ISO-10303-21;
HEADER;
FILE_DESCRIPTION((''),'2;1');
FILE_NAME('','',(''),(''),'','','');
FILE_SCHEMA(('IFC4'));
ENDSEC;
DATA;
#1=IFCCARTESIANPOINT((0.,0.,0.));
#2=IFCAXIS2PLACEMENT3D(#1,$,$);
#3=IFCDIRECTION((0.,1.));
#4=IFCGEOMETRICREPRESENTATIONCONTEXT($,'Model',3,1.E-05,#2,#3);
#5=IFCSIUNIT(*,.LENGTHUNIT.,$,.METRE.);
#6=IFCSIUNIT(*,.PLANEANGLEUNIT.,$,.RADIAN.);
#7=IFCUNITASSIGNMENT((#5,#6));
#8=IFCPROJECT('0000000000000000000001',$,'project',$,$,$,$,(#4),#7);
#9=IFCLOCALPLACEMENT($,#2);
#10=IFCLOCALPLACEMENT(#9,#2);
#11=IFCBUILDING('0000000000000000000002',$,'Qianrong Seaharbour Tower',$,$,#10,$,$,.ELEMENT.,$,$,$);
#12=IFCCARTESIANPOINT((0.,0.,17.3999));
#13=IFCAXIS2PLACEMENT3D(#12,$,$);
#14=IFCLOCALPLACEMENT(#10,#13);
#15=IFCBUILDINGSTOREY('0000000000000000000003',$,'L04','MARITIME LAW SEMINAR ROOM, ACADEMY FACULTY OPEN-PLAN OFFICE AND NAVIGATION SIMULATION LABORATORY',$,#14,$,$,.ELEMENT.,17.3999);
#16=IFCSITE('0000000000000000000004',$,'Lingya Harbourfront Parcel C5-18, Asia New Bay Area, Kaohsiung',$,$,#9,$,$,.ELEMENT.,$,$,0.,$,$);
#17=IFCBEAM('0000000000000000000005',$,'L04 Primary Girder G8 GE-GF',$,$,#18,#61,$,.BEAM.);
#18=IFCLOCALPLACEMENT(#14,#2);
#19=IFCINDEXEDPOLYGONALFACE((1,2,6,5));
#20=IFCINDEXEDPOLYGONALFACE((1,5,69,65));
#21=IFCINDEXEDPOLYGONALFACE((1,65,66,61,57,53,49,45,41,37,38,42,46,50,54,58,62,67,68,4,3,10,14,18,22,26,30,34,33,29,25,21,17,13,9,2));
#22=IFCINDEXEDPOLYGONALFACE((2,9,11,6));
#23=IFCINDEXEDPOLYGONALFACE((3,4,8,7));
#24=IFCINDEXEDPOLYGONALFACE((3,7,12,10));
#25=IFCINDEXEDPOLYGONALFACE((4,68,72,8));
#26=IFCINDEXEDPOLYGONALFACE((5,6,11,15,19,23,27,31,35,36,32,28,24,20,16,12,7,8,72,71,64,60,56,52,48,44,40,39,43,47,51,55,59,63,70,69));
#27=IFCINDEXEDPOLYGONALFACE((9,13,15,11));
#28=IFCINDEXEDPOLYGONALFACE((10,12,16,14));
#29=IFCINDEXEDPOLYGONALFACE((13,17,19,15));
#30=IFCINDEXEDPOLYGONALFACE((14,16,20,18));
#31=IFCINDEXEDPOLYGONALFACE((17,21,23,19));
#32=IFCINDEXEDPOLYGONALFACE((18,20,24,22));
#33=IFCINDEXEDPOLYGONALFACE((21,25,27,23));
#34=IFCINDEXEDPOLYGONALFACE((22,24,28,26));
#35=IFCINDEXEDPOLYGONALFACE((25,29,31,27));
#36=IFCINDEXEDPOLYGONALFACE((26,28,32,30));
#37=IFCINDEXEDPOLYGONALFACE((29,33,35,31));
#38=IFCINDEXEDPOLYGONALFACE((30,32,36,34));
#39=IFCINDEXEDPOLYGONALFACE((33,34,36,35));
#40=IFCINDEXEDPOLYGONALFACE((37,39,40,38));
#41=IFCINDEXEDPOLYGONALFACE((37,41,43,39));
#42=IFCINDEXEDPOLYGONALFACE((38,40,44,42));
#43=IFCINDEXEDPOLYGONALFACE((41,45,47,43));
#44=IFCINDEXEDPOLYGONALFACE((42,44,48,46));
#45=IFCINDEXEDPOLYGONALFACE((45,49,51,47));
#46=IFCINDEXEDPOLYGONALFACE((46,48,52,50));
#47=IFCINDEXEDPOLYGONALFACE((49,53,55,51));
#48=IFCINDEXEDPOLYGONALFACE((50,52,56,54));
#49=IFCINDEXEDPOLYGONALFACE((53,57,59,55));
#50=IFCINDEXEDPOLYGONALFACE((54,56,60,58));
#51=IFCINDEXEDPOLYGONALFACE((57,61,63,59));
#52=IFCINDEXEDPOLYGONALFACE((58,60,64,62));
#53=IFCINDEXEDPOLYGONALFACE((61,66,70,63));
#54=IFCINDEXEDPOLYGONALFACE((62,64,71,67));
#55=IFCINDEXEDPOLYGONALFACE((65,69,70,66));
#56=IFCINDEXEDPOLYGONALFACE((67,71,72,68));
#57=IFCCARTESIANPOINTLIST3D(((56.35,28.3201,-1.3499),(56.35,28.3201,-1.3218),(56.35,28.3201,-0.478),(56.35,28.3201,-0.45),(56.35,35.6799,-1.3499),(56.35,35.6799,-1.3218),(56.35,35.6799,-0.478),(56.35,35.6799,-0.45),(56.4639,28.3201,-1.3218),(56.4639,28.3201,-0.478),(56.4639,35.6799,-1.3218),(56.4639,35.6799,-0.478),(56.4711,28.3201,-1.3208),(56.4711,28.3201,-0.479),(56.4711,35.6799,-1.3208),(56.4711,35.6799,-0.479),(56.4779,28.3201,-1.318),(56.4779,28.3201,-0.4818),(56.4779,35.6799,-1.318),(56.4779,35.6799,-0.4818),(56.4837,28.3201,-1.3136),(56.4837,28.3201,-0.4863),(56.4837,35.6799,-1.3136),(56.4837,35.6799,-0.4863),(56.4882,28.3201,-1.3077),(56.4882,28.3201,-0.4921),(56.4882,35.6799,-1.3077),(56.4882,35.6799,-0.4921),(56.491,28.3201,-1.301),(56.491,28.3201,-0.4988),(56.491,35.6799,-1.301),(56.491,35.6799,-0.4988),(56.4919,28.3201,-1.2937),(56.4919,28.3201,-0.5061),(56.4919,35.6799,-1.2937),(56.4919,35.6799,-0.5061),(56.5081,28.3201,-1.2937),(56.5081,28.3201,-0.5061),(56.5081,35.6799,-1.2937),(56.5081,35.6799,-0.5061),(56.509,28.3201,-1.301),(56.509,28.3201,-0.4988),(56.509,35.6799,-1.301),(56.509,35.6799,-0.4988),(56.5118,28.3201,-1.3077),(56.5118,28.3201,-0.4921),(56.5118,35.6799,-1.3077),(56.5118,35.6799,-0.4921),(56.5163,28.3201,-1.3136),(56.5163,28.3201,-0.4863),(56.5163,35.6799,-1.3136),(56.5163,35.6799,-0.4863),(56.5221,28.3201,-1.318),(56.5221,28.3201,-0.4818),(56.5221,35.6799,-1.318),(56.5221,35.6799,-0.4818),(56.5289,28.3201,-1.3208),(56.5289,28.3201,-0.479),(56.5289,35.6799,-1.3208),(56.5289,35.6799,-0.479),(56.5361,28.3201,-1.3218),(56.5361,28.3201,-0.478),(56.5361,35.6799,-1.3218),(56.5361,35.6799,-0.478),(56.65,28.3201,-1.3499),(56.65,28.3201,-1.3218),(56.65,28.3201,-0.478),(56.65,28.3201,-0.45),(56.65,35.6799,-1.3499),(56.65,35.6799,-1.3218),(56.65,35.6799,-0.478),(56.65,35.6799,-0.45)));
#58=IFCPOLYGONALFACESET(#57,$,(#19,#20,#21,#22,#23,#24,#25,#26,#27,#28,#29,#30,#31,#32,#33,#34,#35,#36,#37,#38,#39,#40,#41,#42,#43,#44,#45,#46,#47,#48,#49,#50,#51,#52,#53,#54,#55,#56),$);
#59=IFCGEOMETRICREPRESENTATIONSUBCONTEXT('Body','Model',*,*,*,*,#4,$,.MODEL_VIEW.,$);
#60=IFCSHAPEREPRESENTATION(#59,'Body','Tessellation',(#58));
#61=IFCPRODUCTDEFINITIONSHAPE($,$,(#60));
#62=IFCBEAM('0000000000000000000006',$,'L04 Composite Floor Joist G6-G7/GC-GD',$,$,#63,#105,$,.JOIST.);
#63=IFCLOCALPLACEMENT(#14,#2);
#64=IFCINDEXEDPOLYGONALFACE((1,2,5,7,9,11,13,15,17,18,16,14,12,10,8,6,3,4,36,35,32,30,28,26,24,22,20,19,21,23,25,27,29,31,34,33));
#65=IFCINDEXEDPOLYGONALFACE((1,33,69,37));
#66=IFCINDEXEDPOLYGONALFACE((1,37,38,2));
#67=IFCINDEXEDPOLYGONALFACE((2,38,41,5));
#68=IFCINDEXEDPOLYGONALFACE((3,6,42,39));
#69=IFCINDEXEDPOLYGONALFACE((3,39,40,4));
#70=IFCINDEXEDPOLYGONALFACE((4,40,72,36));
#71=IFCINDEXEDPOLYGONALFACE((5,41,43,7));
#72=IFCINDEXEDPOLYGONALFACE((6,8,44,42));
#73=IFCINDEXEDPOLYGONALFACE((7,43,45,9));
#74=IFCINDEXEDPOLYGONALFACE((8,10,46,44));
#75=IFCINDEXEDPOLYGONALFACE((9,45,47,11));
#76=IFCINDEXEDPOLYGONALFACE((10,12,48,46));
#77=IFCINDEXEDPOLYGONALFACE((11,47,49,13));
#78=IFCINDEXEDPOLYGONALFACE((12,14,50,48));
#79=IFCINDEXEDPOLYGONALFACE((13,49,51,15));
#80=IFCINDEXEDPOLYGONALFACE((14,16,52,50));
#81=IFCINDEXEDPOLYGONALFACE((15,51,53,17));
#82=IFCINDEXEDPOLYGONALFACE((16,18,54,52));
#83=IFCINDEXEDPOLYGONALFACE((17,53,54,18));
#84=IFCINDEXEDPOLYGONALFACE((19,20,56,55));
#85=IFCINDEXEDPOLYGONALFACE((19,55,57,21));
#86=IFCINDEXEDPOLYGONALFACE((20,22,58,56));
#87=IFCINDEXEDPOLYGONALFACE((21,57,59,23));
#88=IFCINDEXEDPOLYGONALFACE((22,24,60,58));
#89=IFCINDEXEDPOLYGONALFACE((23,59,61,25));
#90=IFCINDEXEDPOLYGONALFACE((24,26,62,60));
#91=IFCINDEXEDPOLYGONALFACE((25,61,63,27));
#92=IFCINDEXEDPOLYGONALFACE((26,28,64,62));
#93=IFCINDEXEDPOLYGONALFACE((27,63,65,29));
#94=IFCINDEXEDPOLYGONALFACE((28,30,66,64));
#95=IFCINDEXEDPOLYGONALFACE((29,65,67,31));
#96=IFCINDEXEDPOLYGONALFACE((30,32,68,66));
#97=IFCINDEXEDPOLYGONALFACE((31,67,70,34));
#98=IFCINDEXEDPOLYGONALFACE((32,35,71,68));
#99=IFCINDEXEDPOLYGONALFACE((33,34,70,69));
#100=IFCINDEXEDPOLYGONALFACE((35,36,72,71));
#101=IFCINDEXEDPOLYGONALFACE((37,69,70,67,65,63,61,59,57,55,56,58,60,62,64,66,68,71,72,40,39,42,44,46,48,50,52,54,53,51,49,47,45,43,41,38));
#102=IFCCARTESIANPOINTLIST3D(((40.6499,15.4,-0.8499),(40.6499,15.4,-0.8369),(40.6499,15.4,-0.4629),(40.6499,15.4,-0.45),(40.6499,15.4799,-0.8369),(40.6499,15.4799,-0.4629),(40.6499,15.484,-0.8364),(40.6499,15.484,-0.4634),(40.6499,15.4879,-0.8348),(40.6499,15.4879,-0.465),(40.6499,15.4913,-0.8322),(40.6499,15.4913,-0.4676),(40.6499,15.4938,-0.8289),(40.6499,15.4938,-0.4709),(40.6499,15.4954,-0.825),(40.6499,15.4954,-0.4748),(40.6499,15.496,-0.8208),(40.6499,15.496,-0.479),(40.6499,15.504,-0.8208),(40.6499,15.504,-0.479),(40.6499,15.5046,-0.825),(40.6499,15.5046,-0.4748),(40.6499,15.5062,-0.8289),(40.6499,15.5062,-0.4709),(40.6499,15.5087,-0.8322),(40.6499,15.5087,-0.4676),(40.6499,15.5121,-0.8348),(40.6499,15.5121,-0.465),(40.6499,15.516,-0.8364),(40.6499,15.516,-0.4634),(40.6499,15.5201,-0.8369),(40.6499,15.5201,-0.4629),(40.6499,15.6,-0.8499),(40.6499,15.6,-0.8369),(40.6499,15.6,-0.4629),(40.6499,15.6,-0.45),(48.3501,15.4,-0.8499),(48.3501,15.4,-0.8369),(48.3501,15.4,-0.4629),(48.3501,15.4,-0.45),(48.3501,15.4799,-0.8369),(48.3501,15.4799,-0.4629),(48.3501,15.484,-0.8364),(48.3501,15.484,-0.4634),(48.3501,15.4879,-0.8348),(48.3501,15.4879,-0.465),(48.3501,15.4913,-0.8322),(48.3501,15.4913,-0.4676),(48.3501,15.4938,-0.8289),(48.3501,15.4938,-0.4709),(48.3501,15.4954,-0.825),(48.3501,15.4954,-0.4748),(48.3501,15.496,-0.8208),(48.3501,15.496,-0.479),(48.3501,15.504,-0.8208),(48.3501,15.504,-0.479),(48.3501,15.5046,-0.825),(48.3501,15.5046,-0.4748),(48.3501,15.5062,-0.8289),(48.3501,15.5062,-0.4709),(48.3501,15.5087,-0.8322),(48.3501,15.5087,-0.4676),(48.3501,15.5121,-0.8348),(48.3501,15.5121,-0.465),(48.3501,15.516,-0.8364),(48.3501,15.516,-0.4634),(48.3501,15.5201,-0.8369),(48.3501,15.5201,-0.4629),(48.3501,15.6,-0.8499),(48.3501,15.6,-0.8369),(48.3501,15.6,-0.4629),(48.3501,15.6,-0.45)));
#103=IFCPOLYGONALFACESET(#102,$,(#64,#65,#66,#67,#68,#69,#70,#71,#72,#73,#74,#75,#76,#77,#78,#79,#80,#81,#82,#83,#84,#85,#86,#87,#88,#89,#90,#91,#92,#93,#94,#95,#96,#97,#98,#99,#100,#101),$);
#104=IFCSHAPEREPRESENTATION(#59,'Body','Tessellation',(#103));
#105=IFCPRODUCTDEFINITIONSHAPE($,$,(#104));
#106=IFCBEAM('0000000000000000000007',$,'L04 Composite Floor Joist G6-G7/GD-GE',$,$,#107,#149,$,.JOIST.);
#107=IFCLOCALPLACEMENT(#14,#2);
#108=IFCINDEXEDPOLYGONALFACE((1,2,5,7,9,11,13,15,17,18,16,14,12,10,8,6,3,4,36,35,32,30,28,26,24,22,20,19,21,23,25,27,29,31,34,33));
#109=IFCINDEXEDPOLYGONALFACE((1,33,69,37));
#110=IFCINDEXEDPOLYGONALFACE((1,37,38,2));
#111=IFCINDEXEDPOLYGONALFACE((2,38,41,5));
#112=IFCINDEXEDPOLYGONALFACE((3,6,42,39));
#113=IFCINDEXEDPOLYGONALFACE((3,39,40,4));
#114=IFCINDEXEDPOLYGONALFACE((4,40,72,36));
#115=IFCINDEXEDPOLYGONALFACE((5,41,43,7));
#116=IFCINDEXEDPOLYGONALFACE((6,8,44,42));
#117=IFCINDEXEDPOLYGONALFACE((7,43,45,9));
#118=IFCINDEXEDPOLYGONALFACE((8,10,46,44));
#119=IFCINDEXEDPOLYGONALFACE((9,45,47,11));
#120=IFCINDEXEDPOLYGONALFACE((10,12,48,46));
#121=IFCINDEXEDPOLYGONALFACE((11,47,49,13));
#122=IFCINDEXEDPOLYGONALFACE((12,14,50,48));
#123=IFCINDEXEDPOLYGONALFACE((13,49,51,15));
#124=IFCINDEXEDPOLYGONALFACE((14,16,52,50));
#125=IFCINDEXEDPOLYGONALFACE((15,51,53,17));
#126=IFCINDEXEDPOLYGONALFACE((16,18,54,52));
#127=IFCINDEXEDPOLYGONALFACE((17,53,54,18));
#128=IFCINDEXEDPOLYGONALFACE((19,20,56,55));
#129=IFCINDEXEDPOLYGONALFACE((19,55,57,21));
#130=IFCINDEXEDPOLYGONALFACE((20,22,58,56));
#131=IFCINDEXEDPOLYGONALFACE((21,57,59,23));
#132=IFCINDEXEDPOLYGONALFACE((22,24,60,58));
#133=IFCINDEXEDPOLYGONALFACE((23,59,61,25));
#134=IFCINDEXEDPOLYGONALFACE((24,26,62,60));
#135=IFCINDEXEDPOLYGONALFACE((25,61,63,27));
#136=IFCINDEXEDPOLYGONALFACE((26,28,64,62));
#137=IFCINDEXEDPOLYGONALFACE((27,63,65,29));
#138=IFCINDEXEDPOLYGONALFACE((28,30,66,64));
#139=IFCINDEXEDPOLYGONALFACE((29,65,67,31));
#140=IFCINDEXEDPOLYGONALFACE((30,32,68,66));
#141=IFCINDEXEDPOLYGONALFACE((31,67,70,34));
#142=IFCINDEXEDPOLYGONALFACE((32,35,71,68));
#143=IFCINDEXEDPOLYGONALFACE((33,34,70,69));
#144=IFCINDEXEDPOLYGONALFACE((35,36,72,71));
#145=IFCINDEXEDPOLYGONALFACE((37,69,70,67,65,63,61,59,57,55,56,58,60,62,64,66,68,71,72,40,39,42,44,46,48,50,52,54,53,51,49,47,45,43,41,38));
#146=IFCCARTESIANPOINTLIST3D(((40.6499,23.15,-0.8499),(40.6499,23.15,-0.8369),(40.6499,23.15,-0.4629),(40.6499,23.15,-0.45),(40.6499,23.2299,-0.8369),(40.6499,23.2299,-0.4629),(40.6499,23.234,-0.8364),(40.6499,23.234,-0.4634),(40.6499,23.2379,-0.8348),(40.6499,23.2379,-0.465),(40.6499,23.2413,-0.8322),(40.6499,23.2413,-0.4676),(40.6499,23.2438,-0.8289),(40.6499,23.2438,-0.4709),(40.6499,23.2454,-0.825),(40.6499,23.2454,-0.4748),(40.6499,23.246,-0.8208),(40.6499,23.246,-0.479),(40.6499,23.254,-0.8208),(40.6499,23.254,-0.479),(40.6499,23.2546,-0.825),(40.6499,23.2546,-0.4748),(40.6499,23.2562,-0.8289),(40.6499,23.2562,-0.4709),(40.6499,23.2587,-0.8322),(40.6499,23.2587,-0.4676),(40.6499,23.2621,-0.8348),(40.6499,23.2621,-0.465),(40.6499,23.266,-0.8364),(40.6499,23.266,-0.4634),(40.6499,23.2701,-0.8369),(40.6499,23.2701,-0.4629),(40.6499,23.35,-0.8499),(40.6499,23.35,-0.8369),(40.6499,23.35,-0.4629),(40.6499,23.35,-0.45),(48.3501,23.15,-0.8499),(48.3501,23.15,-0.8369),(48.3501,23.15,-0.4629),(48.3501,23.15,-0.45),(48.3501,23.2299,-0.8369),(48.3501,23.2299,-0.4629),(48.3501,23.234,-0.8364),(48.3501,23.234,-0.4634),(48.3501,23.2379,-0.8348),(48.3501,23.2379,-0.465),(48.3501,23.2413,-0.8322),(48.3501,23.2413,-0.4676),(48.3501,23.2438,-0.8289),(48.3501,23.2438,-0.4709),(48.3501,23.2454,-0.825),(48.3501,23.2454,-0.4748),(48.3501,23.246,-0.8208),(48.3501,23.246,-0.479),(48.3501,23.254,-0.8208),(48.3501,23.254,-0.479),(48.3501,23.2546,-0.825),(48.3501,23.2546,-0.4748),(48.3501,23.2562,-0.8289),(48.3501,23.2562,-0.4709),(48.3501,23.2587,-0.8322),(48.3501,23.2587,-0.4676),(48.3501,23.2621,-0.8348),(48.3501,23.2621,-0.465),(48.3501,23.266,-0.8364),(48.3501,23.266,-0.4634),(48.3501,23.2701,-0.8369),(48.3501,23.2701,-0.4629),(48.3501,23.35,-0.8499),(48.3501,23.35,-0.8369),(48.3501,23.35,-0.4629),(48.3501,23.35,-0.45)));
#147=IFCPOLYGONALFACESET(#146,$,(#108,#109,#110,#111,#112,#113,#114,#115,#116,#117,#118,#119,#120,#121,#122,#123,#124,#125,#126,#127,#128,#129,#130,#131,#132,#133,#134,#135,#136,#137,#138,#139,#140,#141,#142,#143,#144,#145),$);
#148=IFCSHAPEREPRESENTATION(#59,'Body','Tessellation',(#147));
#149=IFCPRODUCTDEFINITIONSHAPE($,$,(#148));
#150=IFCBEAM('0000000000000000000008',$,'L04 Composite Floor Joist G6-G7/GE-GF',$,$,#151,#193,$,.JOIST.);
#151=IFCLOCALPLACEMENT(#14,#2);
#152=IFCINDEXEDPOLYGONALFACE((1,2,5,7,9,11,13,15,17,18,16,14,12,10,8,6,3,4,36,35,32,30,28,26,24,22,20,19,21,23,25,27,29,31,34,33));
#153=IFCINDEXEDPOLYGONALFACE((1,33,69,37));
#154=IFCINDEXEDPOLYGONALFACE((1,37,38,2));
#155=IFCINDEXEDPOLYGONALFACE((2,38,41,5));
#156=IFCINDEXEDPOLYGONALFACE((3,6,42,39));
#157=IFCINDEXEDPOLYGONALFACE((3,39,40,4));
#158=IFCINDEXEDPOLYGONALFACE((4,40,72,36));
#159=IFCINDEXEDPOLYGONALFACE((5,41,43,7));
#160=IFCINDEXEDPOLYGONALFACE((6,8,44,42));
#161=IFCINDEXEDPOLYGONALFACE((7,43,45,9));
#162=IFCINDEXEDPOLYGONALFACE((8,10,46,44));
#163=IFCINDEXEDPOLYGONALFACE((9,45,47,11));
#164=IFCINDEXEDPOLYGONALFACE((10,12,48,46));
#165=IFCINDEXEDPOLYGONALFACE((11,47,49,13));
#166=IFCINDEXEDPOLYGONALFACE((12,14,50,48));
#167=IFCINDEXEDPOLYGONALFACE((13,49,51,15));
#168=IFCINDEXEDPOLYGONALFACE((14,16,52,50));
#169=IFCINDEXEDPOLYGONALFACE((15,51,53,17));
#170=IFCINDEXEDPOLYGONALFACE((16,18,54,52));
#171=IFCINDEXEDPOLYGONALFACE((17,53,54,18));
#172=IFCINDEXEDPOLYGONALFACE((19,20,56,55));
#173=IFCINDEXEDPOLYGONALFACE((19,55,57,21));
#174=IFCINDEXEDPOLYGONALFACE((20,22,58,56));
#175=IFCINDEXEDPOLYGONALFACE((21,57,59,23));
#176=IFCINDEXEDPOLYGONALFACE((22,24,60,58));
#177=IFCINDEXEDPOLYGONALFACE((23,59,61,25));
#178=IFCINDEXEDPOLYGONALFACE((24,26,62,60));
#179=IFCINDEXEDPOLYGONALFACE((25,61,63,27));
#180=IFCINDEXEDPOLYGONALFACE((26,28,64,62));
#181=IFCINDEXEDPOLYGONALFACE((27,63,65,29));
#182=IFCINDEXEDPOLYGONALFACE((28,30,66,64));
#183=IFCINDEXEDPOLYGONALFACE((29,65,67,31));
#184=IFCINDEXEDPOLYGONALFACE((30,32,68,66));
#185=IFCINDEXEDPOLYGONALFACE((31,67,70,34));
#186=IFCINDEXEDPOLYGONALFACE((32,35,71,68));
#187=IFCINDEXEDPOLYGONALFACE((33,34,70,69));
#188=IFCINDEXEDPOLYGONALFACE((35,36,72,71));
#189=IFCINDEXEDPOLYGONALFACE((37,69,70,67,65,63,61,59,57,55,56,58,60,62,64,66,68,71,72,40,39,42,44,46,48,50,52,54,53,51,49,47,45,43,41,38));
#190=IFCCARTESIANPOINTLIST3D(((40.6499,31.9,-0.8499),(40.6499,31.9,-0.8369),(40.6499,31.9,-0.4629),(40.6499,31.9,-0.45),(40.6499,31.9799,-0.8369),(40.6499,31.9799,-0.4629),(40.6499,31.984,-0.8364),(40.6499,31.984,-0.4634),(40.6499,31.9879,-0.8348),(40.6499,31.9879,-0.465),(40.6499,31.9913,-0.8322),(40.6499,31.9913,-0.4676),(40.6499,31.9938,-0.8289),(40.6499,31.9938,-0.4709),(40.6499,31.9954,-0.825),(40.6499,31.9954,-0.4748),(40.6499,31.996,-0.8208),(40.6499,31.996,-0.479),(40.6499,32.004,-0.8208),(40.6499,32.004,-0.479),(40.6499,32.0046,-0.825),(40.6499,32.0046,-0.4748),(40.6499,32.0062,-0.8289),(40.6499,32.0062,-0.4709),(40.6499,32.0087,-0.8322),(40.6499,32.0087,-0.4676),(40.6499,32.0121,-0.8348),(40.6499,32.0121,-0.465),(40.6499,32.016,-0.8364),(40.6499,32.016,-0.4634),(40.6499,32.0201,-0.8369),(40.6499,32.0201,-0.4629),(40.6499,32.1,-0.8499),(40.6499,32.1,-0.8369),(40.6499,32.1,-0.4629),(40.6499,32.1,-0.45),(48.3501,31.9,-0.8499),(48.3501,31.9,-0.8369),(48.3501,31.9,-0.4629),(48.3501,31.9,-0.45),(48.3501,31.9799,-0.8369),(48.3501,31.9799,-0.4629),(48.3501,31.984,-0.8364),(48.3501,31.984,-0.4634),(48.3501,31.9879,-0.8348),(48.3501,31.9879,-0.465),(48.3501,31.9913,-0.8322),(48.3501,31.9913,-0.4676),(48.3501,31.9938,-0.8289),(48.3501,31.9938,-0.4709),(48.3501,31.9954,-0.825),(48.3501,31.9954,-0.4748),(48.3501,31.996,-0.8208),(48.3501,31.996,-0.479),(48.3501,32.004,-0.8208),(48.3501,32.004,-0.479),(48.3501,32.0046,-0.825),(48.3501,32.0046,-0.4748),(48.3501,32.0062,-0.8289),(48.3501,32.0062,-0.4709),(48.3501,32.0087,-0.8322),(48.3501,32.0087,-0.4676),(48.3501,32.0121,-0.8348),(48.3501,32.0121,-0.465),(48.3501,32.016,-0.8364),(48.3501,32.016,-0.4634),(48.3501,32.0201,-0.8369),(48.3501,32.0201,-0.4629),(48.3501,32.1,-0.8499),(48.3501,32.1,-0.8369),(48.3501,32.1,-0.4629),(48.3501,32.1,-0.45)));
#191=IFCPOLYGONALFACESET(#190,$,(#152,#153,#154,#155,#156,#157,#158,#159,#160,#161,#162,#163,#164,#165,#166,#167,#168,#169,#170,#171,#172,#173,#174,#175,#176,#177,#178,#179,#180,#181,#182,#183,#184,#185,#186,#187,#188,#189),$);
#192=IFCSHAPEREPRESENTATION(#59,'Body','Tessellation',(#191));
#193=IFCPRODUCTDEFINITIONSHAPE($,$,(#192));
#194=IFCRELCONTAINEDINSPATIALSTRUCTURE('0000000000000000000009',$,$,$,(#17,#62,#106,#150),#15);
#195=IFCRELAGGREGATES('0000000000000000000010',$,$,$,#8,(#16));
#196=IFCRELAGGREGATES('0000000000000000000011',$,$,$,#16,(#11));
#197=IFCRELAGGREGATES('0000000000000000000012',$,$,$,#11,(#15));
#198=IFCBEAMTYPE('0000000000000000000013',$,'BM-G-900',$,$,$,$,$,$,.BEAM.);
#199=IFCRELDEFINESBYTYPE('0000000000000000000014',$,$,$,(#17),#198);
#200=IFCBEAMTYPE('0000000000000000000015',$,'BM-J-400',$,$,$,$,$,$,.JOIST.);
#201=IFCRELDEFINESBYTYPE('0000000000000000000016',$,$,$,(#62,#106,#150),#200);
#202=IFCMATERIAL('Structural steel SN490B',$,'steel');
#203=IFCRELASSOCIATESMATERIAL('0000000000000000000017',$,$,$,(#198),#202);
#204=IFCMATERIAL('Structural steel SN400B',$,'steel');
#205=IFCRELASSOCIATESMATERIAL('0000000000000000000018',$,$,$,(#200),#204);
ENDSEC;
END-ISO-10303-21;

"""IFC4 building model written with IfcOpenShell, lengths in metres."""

from ifc_helpers import new_model, si_unit, direction, frame, origin, origin_2d, place, context, subcontext, project, spatial, i_section, extrude, material, material_profile, profile_set, type_object, element, save


model = new_model("IFC4")

# Units and contexts
model_context = context("Model", 3, precision=1e-05, world=origin(), true_north=direction((0.0, 1.0)))
body_context = subcontext(model_context, "Body", "Model", "MODEL_VIEW")
ifc_project = project(units=[si_unit("LENGTHUNIT", "METRE"), si_unit("PLANEANGLEUNIT", "RADIAN")], contexts=[model_context])

# Site, building, storey
site_placement = place(None, origin())
site = spatial("IfcSite", under=ifc_project, at=site_placement, Name="Lingya Harbourfront Parcel C5-18, Asia New Bay Area, Kaohsiung", CompositionType="ELEMENT", RefElevation=0.0)
building_placement = place(site_placement, origin())
building = spatial("IfcBuilding", under=site, at=building_placement, Name="Qianrong Seaharbour Tower", CompositionType="ELEMENT")
storey_placement = place(building_placement, frame((0.0, 0.0, 17.3999)))
storey = spatial("IfcBuildingStorey", under=building, at=storey_placement, Name="L04", Description="MARITIME LAW SEMINAR ROOM, ACADEMY FACULTY OPEN-PLAN OFFICE AND NAVIGATION SIMULATION LABORATORY", CompositionType="ELEMENT", Elevation=17.3999)

# Beams
ifc_material_1 = material(Name="Structural steel SN490B", Category="steel")
ifc_material_profile_1 = material_profile(ifc_material_1, i_section(OverallWidth=0.3, OverallDepth=0.8999, WebThickness=0.0161, FlangeThickness=0.0281, FilletRadius=0.0281, at=origin_2d()), Name="H900x300x16x28")
ifc_profile_set_1 = profile_set([ifc_material_profile_1], Name="Structural steel SN490B")
beam_type_1 = type_object("IfcBeamType", Name="BM-G-900", PredefinedType="BEAM", material=ifc_profile_set_1)
for number, where, z_axis, x_axis, name in (
    (1, (56.5, 28.3201, -0.8999), (0.0, 1.0, 0.0), (-1.0, 0.0, 0.0), "L04 Primary Girder G8 GE-GF"),
):
    element("IfcBeam", number, at=place(storey_placement, frame(where, z_axis=z_axis, x_axis=x_axis)), inside=storey, type_object=beam_type_1, Name=name, PredefinedType="BEAM", context=body_context, shape_type="SweptSolid", body=[
        extrude(i_section(OverallWidth=0.3, OverallDepth=0.8999, WebThickness=0.0161, FlangeThickness=0.0281, FilletRadius=0.0281, at=origin_2d()), origin(), (0.0, 0.0, 1.0), 7.3599),
    ])
ifc_material_2 = material(Name="Structural steel SN400B", Category="steel")
ifc_material_profile_2 = material_profile(ifc_material_2, i_section(OverallWidth=0.2, OverallDepth=0.3999, WebThickness=0.0081, FlangeThickness=0.0129, FilletRadius=0.0161, at=origin_2d()), Name="H400x200x8x13")
ifc_profile_set_2 = profile_set([ifc_material_profile_2], Name="Structural steel SN400B")
beam_type_2 = type_object("IfcBeamType", Name="BM-J-400", PredefinedType="JOIST", material=ifc_profile_set_2)
for number, where, z_axis, x_axis, name in (
    (2, (40.6499, 15.5, -0.6499), (1.0, 0.0, 0.0), (0.0, 1.0, 0.0), "L04 Composite Floor Joist G6-G7/GC-GD"),
    (3, (40.6499, 23.25, -0.6499), (1.0, 0.0, 0.0), (0.0, 1.0, 0.0), "L04 Composite Floor Joist G6-G7/GD-GE"),
    (4, (40.6499, 32.0, -0.6499), (1.0, 0.0, 0.0), (0.0, 1.0, 0.0), "L04 Composite Floor Joist G6-G7/GE-GF"),
):
    element("IfcBeam", number, at=place(storey_placement, frame(where, z_axis=z_axis, x_axis=x_axis)), inside=storey, type_object=beam_type_2, Name=name, PredefinedType="JOIST", context=body_context, shape_type="SweptSolid", body=[
        extrude(i_section(OverallWidth=0.2, OverallDepth=0.3999, WebThickness=0.0081, FlangeThickness=0.0129, FilletRadius=0.0161, at=origin_2d()), origin(), (0.0, 0.0, 1.0), 7.7002),
    ])

save(model, "model.ifc")
